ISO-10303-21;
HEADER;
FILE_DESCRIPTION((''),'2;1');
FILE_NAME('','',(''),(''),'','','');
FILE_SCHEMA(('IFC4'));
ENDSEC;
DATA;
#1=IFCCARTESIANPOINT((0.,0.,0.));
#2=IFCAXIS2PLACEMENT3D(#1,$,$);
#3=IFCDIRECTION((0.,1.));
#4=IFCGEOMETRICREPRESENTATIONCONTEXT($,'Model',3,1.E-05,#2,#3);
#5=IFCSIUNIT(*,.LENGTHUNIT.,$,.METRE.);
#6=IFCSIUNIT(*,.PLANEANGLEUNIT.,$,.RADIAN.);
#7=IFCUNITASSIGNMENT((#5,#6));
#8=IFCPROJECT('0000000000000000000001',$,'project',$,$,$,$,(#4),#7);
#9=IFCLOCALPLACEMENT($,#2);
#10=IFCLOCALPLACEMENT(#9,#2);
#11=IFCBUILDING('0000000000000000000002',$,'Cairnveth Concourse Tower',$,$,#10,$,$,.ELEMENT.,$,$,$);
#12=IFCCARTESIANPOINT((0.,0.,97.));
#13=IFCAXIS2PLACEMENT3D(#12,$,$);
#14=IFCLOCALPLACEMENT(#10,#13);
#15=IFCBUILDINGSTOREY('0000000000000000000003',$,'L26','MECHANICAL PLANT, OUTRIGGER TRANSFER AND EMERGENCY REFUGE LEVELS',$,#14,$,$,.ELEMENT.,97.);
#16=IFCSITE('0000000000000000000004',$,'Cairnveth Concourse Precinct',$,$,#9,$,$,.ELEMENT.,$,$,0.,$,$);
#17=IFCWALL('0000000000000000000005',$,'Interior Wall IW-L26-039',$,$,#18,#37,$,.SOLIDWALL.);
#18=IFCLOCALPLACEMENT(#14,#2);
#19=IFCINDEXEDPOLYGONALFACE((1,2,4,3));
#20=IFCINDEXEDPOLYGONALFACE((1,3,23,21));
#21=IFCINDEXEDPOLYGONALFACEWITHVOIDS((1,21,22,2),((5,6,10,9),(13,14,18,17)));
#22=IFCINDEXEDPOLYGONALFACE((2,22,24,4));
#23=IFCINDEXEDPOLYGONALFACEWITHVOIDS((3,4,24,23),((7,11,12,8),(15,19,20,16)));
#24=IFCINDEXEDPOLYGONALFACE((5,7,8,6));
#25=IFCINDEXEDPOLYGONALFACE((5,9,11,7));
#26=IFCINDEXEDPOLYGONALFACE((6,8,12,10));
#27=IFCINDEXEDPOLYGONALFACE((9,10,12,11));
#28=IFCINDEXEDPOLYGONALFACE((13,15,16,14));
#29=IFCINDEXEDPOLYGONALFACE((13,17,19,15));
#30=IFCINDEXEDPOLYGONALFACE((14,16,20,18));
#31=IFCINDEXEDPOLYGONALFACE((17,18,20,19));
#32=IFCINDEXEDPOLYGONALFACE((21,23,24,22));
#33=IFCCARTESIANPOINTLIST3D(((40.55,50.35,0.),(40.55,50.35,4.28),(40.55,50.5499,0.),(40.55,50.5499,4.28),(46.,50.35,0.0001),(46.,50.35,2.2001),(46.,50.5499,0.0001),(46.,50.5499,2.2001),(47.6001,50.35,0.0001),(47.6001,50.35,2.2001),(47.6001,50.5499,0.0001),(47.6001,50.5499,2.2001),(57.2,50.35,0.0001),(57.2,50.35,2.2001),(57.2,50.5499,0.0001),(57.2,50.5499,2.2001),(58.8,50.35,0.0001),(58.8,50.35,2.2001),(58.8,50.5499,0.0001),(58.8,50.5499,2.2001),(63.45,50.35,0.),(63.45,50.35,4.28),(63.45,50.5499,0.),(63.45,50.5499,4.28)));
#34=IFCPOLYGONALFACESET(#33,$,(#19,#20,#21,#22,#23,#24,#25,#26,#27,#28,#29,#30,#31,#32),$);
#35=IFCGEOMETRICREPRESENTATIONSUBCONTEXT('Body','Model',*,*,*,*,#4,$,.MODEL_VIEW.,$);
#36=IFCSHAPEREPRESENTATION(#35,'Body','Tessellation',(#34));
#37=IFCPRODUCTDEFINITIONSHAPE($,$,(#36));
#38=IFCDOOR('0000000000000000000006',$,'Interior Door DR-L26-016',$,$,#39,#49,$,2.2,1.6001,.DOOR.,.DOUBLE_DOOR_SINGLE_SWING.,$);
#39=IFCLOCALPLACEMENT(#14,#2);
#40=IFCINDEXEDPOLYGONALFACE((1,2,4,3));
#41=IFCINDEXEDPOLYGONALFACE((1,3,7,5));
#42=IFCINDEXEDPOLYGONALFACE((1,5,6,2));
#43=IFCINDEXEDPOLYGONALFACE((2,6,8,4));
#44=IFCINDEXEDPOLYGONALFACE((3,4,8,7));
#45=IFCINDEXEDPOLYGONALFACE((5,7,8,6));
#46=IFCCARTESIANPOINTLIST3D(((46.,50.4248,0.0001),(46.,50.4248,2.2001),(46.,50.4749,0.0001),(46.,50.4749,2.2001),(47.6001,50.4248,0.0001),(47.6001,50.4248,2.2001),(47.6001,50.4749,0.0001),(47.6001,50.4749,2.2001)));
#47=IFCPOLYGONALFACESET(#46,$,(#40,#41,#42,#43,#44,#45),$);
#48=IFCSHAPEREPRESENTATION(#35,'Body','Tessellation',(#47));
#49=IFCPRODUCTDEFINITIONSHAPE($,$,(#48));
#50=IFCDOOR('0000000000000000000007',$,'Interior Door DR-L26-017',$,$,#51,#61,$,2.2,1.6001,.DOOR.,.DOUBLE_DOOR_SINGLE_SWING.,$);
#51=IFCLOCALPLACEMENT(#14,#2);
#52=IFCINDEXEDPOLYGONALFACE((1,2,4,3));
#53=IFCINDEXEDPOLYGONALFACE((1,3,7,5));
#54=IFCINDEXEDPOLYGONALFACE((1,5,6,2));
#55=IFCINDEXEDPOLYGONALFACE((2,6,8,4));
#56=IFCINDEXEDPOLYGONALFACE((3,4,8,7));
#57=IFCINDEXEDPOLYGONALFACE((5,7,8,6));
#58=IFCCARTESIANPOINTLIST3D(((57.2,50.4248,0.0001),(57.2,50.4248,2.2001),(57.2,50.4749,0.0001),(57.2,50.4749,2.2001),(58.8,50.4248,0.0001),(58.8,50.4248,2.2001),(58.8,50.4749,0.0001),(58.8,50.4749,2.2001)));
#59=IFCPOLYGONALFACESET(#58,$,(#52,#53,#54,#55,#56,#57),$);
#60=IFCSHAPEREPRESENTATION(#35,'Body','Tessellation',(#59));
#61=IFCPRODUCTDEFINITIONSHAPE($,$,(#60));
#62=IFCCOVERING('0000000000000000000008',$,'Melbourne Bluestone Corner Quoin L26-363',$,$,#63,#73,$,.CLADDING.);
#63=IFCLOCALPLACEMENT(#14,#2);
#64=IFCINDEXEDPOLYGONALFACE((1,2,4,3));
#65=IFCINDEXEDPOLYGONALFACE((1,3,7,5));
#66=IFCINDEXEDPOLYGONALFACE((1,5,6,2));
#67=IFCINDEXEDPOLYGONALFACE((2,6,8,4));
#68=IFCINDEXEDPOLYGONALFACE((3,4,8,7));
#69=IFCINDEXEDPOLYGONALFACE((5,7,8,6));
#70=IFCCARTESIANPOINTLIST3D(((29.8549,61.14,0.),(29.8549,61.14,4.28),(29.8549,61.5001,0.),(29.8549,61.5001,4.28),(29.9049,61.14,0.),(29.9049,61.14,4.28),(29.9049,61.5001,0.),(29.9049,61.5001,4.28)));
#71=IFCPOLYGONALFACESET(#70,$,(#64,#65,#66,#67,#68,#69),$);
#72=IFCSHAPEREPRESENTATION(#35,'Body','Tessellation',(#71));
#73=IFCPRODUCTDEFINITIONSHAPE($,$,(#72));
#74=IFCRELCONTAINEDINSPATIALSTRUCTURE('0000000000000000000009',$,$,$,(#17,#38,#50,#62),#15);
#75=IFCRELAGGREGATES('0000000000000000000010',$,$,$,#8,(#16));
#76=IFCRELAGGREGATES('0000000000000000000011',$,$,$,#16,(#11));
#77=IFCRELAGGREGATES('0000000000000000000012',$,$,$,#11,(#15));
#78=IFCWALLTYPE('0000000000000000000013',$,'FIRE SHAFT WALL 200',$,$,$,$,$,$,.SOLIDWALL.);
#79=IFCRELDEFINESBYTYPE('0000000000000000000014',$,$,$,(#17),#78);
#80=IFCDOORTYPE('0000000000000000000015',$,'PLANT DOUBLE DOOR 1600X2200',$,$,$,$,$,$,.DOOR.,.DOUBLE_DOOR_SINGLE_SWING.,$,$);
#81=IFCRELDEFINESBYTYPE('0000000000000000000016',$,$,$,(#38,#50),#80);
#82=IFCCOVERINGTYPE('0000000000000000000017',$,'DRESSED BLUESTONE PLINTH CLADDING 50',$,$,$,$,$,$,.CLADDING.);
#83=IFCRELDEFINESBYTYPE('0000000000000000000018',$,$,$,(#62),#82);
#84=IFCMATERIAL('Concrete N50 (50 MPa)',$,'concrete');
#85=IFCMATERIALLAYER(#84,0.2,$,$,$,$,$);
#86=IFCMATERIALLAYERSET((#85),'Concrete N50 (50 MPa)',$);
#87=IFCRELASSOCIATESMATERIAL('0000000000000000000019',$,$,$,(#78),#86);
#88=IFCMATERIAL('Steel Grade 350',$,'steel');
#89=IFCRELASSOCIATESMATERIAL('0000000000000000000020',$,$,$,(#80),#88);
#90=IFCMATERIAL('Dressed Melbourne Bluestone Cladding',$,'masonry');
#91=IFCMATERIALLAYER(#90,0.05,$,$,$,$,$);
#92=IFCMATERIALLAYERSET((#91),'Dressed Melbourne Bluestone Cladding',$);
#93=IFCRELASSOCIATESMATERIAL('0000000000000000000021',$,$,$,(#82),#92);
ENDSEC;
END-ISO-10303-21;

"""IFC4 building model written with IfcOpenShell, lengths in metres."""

from ifc_helpers import new_model, si_unit, direction, frame, frame_2d, origin, place, context, subcontext, project, spatial, rectangle, extrude, material, layer, layer_set, type_object, element, fill, save


model = new_model("IFC4")

# Units and contexts
model_context = context("Model", 3, precision=1e-05, world=origin(), true_north=direction((0.0, 1.0)))
body_context = subcontext(model_context, "Body", "Model", "MODEL_VIEW")
ifc_project = project(units=[si_unit("LENGTHUNIT", "METRE"), si_unit("PLANEANGLEUNIT", "RADIAN")], contexts=[model_context])

# Site, building, storey
site_placement = place(None, origin())
site = spatial("IfcSite", under=ifc_project, at=site_placement, Name="Cairnveth Concourse Precinct", CompositionType="ELEMENT", RefElevation=0.0)
building_placement = place(site_placement, origin())
building = spatial("IfcBuilding", under=site, at=building_placement, Name="Cairnveth Concourse Tower", CompositionType="ELEMENT")
storey_placement = place(building_placement, frame((0.0, 0.0, 97.0)))
storey = spatial("IfcBuildingStorey", under=building, at=storey_placement, Name="L26", Description="MECHANICAL PLANT, OUTRIGGER TRANSFER AND EMERGENCY REFUGE LEVELS", CompositionType="ELEMENT", Elevation=97.0)

# Shared definitions
ifc_material_1 = material(Name="Steel Grade 350", Category="steel")

# Wall, openings, doors
ifc_material_2 = material(Name="Concrete N50 (50 MPa)", Category="concrete")
ifc_layer_1 = layer(ifc_material_2, 0.2)
ifc_layer_set_1 = layer_set([ifc_layer_1], Name="Concrete N50 (50 MPa)")
wall_type_1 = type_object("IfcWallType", Name="FIRE SHAFT WALL 200", PredefinedType="SOLIDWALL", material=ifc_layer_set_1)
wall_1_placement = place(storey_placement, frame((40.55, 50.45, 0.0), z_axis=(0.0, 0.0, 1.0), x_axis=(1.0, 0.0, 0.0)))
wall_1 = element("IfcWall", 1, at=wall_1_placement, inside=storey, type_object=wall_type_1, Name="Interior Wall IW-L26-039", PredefinedType="SOLIDWALL", context=body_context, shape_type="SweptSolid", body=[
    extrude(rectangle(XDim=22.8999, YDim=0.2, at=frame_2d((11.45, 0.0))), origin(), (0.0, 0.0, 1.0), 4.28),
])
opening_1_placement = place(wall_1_placement, frame((5.45, 0.0, 0.0)))
opening_1 = element("IfcOpeningElement", 2, at=opening_1_placement, cuts=wall_1, PredefinedType="OPENING", context=body_context, shape_type="SweptSolid", body=[
    extrude(rectangle(XDim=1.6001, YDim=2.2, at=frame_2d((0.8, 1.1001))), frame((0.0, 0.1099, 0.0), z_axis=(0.0, -1.0, 0.0), x_axis=(1.0, 0.0, 0.0)), (0.0, 0.0, 1.0), 0.22),
])
opening_2_placement = place(wall_1_placement, frame((16.6499, 0.0, 0.0)))
opening_2 = element("IfcOpeningElement", 3, at=opening_2_placement, cuts=wall_1, PredefinedType="OPENING", context=body_context, shape_type="SweptSolid", body=[
    extrude(rectangle(XDim=1.6001, YDim=2.2, at=frame_2d((0.8, 1.1001))), frame((0.0, 0.1099, 0.0), z_axis=(0.0, -1.0, 0.0), x_axis=(1.0, 0.0, 0.0)), (0.0, 0.0, 1.0), 0.22),
])
door_type = type_object("IfcDoorType", Name="PLANT DOUBLE DOOR 1600X2200", OperationType="DOUBLE_DOOR_SINGLE_SWING", PredefinedType="DOOR", material=ifc_material_1)
door_1_placement = place(opening_1_placement, origin())
door_1 = element("IfcDoor", 4, at=door_1_placement, inside=storey, type_object=door_type, Name="Interior Door DR-L26-016", OperationType="DOUBLE_DOOR_SINGLE_SWING", OverallHeight=2.2, OverallWidth=1.6001, PredefinedType="DOOR", context=body_context, shape_type="SweptSolid", body=[
    extrude(rectangle(XDim=1.6001, YDim=2.2, at=frame_2d((0.8, 1.1001))), frame((0.0, 0.0249, 0.0), z_axis=(0.0, -1.0, 0.0), x_axis=(1.0, 0.0, 0.0)), (0.0, 0.0, 1.0), 0.05),
])
fill(opening_1, door_1)
door_2_placement = place(opening_2_placement, origin())
door_2 = element("IfcDoor", 5, at=door_2_placement, inside=storey, type_object=door_type, Name="Interior Door DR-L26-017", OperationType="DOUBLE_DOOR_SINGLE_SWING", OverallHeight=2.2, OverallWidth=1.6001, PredefinedType="DOOR", context=body_context, shape_type="SweptSolid", body=[
    extrude(rectangle(XDim=1.6001, YDim=2.2, at=frame_2d((0.8, 1.1001))), frame((0.0, 0.0249, 0.0), z_axis=(0.0, -1.0, 0.0), x_axis=(1.0, 0.0, 0.0)), (0.0, 0.0, 1.0), 0.05),
])
fill(opening_2, door_2)

# Covering
ifc_material_3 = material(Name="Dressed Melbourne Bluestone Cladding", Category="masonry")
ifc_layer_2 = layer(ifc_material_3, 0.05)
ifc_layer_set_2 = layer_set([ifc_layer_2], Name="Dressed Melbourne Bluestone Cladding")
covering_type = type_object("IfcCoveringType", Name="DRESSED BLUESTONE PLINTH CLADDING 50", PredefinedType="CLADDING", material=ifc_layer_set_2)
covering_placement = place(storey_placement, frame((29.8799, 61.1399, 0.0), z_axis=(0.0, 0.0, 1.0), x_axis=(0.0, 1.0, 0.0)))
element("IfcCovering", 6, at=covering_placement, inside=storey, type_object=covering_type, Name="Melbourne Bluestone Corner Quoin L26-363", PredefinedType="CLADDING", context=body_context, shape_type="SweptSolid", body=[
    extrude(rectangle(XDim=0.3601, YDim=0.05, at=frame_2d((0.1802, 0.0))), origin(), (0.0, 0.0, 1.0), 4.28),
])

save(model, "model.ifc")
